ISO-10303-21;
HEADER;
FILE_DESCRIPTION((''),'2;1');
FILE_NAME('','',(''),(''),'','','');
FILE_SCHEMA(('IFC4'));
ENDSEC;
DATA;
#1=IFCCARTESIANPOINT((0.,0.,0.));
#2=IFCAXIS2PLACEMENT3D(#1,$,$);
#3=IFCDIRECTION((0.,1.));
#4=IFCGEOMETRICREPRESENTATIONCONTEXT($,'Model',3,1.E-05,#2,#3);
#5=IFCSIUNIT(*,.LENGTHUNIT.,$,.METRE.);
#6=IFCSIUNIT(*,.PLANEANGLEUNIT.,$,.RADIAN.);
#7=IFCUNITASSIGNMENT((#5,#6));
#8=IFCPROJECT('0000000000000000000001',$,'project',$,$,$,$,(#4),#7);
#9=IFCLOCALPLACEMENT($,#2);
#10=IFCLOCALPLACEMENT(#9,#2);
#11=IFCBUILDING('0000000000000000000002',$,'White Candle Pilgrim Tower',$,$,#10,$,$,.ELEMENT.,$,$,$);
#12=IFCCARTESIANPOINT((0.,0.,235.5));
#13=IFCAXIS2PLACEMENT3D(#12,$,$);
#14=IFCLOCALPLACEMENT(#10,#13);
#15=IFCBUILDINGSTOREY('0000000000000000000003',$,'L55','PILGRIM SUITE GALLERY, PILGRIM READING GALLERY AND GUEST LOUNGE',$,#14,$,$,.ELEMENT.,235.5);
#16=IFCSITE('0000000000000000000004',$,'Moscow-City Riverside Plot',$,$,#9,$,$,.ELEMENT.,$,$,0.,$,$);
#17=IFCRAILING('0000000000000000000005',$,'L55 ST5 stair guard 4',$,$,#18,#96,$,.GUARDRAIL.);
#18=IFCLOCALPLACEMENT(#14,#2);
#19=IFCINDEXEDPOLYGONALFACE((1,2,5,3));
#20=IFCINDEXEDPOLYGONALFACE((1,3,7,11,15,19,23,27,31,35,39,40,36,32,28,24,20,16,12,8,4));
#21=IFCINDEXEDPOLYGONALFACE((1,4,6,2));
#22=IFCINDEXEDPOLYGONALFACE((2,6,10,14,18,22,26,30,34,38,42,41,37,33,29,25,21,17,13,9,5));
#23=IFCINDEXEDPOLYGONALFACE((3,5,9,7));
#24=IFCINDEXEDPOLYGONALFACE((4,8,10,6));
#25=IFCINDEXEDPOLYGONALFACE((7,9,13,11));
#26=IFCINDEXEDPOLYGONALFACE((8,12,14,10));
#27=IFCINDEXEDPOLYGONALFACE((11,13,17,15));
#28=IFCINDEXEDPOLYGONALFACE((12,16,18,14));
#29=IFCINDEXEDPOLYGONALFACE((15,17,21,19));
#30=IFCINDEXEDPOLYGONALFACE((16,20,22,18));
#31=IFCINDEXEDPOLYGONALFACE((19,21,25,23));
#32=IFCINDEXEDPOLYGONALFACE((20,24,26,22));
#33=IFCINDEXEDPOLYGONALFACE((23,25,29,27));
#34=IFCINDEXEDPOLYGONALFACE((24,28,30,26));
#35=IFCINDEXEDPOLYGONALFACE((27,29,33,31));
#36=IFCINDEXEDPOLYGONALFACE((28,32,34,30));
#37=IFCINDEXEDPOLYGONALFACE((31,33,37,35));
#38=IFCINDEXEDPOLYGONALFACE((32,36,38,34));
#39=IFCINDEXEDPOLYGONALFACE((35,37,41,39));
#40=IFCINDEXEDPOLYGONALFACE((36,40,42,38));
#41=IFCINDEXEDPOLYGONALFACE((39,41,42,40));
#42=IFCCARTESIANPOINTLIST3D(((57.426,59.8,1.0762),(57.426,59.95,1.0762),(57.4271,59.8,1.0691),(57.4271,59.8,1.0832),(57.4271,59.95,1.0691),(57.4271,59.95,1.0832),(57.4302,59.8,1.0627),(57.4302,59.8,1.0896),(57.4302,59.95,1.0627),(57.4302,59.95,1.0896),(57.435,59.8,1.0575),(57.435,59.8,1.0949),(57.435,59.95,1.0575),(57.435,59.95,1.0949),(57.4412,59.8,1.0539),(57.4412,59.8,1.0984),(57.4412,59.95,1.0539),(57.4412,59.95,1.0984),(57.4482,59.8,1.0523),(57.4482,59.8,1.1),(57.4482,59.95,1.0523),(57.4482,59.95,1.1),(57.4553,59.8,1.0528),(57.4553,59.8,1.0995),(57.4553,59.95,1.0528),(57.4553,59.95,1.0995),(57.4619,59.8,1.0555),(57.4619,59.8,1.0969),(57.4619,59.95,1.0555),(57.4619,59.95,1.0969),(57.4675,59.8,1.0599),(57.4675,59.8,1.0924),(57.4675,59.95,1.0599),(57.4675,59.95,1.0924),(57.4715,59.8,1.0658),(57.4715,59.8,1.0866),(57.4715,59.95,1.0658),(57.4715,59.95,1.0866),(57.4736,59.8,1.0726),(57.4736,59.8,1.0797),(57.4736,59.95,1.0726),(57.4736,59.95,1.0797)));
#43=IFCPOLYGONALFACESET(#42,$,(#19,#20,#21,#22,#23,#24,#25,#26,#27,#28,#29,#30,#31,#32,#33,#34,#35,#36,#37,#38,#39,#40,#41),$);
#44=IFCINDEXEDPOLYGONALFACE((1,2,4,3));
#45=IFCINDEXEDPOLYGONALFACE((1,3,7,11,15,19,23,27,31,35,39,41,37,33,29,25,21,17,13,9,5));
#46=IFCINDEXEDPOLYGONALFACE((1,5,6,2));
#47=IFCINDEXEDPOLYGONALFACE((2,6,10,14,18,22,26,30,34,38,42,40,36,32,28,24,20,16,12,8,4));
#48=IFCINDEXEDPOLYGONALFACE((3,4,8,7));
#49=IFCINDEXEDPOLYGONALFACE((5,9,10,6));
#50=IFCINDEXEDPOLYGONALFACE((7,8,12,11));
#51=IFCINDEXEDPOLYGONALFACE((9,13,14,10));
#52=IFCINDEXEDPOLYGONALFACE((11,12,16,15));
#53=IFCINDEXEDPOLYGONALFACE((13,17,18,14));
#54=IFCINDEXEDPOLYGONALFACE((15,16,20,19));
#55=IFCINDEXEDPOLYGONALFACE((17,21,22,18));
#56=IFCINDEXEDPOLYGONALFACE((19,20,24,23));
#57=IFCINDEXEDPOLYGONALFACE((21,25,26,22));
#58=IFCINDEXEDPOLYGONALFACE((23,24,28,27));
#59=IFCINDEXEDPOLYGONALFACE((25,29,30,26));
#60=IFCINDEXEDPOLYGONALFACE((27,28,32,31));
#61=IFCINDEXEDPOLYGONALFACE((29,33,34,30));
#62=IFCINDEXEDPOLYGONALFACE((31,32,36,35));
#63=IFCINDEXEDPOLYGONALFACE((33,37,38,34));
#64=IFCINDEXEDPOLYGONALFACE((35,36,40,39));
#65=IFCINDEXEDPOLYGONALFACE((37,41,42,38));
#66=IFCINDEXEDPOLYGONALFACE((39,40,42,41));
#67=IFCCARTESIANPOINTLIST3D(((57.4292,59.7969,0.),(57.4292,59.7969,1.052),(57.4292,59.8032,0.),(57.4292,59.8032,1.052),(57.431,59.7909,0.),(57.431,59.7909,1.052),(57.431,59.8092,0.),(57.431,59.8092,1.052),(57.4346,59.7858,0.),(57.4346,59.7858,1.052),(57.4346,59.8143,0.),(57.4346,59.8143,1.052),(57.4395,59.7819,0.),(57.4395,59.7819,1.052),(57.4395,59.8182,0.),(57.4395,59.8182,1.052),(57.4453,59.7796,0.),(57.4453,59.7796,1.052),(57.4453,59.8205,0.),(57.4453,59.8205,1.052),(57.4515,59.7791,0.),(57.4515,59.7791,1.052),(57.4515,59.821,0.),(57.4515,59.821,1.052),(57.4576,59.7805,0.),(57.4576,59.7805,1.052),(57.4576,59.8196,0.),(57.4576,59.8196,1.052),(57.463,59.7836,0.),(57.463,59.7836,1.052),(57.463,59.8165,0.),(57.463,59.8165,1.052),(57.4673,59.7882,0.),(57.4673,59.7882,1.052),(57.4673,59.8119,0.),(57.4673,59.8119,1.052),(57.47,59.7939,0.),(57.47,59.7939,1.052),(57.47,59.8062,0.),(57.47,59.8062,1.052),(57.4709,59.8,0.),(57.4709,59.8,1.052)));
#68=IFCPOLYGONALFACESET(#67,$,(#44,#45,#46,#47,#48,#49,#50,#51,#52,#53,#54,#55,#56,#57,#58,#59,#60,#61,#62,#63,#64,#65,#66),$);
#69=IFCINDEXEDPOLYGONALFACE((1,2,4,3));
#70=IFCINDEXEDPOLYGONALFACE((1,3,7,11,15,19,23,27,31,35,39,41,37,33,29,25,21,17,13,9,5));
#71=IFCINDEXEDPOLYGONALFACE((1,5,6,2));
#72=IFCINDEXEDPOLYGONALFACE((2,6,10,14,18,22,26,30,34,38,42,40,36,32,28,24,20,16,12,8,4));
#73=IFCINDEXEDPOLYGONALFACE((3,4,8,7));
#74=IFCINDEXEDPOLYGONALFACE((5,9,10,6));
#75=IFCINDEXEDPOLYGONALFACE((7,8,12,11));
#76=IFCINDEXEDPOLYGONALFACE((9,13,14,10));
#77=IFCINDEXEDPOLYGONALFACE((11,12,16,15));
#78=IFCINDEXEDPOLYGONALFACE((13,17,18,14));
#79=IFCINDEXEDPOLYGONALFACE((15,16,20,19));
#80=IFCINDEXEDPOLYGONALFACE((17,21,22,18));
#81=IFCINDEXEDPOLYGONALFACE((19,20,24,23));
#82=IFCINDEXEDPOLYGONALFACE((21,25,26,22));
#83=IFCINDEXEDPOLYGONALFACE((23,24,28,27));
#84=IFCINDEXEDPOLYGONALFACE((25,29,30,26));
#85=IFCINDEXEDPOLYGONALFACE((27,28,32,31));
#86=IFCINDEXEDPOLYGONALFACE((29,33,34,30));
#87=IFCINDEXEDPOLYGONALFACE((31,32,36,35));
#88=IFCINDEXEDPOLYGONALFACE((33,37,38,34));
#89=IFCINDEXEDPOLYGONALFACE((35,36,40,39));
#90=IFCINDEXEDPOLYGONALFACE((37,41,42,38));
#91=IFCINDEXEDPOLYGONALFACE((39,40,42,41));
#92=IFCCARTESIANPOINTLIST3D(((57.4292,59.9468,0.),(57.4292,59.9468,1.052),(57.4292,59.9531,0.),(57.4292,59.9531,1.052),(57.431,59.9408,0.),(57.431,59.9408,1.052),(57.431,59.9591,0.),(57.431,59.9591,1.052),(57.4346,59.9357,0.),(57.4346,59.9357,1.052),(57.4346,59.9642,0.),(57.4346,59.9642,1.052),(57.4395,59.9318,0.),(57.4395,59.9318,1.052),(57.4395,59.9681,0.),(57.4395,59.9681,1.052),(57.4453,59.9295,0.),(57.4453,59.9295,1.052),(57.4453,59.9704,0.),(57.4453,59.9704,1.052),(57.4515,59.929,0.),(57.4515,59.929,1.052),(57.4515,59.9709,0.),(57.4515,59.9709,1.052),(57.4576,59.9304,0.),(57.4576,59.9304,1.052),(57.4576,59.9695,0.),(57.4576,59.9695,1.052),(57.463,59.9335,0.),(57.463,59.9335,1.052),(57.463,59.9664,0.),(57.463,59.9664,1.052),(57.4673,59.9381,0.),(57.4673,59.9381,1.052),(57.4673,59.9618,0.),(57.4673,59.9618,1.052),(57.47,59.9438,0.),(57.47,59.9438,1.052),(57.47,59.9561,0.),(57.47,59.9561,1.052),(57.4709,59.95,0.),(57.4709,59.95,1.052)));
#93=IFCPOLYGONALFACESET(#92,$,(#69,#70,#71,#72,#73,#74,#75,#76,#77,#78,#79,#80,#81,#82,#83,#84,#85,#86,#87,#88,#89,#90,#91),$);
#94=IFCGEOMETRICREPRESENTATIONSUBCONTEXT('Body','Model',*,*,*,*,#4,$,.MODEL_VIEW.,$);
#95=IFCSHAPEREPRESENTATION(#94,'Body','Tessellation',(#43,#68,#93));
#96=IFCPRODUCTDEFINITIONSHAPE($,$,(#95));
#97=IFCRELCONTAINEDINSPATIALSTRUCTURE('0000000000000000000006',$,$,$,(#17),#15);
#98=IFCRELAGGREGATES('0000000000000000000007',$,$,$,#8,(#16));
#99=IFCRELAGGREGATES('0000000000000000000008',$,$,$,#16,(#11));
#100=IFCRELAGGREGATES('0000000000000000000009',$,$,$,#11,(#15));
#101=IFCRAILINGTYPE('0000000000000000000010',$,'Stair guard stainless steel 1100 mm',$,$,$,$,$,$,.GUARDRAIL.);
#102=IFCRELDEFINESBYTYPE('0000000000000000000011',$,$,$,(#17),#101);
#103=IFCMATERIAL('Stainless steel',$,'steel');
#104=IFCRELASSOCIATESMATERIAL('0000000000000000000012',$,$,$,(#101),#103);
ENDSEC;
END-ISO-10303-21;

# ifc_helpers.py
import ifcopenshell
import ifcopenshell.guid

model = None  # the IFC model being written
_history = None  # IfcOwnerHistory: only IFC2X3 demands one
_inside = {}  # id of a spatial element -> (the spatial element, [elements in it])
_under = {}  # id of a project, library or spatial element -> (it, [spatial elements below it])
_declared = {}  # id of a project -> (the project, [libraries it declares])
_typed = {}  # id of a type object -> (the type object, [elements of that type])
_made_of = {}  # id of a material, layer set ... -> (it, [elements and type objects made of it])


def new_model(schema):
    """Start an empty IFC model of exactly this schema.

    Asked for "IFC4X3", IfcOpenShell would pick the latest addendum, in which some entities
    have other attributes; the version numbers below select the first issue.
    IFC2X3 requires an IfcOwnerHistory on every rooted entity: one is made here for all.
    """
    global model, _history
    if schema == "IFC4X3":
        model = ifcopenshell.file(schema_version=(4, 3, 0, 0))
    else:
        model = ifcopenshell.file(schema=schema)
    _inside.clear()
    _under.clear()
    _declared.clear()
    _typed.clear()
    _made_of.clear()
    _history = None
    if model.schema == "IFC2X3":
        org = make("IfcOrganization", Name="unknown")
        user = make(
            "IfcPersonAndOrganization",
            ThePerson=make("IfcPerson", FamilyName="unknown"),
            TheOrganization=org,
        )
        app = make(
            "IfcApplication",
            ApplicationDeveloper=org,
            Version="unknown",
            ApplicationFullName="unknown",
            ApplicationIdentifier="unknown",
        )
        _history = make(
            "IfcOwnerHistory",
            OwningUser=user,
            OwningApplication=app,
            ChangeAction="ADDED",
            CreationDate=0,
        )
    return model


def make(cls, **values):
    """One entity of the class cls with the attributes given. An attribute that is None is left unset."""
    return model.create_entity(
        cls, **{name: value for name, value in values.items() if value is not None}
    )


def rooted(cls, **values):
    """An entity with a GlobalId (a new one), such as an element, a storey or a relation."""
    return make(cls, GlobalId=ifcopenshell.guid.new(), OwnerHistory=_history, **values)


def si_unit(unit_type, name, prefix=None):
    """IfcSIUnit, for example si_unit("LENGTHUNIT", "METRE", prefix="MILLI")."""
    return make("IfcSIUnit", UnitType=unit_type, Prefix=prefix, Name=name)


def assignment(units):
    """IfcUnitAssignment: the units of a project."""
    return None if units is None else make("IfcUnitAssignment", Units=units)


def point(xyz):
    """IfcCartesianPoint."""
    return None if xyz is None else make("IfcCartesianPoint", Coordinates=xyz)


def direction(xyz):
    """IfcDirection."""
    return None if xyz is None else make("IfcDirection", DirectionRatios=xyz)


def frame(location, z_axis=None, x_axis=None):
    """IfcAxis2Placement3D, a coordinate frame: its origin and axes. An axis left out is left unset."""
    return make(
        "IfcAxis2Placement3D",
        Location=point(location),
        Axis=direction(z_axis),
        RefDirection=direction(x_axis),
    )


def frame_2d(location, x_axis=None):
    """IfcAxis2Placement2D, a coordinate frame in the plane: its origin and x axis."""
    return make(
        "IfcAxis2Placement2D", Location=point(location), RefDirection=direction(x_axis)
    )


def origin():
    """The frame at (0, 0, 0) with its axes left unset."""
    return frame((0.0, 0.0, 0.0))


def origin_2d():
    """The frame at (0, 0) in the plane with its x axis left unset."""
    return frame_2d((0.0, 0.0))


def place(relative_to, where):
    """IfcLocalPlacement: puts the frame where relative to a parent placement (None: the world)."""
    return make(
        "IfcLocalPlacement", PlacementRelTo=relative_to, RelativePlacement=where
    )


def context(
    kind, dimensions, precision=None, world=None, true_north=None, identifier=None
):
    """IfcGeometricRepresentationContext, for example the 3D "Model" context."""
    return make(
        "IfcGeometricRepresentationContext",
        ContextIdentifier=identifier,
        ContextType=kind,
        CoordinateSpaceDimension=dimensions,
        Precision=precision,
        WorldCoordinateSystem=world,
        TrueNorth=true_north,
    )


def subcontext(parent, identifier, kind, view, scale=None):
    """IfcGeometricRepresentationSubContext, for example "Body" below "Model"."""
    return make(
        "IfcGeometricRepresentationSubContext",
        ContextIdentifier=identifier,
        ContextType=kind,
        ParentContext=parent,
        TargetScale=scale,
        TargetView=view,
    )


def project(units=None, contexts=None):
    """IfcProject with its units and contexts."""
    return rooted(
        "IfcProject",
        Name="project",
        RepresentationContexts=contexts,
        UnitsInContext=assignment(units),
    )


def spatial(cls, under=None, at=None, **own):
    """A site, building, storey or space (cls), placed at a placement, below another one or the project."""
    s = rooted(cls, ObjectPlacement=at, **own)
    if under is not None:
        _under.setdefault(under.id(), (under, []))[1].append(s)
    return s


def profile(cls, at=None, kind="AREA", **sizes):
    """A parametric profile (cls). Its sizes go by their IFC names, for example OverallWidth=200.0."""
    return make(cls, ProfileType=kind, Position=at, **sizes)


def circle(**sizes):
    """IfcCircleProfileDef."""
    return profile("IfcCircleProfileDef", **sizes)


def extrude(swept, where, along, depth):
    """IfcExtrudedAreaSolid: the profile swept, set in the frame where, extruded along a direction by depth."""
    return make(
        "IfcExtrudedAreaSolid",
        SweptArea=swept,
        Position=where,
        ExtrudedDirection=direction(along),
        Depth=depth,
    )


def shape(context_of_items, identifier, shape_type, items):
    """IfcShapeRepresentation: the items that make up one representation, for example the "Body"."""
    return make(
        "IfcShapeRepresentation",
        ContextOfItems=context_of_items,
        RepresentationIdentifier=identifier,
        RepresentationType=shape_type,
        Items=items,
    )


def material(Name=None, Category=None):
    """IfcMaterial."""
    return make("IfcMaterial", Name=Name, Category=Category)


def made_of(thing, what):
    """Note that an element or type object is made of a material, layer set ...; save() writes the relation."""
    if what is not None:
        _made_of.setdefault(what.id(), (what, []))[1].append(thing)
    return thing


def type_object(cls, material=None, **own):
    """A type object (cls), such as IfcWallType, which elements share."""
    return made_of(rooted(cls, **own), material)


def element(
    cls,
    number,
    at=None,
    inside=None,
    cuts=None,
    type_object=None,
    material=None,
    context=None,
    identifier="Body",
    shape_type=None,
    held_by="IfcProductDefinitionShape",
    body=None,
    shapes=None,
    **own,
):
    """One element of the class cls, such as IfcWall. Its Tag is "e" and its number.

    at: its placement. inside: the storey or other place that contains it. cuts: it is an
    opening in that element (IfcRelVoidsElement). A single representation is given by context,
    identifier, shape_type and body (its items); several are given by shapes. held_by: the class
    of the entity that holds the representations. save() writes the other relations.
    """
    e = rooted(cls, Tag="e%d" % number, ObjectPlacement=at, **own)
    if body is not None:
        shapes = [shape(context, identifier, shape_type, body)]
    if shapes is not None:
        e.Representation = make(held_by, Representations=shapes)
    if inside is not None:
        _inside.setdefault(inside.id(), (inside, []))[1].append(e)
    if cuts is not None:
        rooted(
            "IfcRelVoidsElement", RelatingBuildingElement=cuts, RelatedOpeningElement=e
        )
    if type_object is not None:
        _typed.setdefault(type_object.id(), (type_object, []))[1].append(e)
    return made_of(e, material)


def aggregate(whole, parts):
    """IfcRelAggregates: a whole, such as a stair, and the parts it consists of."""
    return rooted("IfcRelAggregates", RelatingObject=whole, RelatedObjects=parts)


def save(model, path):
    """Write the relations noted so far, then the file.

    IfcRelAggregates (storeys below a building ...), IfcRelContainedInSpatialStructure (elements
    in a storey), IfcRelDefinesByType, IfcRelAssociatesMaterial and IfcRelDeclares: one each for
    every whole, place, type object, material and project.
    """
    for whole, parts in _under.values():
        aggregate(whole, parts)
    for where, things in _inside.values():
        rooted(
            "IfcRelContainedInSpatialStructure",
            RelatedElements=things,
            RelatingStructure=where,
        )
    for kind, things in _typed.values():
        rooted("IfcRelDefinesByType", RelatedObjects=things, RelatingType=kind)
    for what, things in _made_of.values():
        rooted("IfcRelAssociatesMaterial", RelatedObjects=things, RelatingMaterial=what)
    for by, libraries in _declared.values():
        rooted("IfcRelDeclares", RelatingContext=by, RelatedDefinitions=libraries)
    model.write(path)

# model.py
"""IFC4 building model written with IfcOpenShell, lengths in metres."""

from ifc_helpers import new_model, si_unit, direction, frame, origin, origin_2d, place, context, subcontext, project, spatial, circle, extrude, material, type_object, element, save


model = new_model("IFC4")

# Units and contexts
model_context = context("Model", 3, precision=1e-05, world=origin(), true_north=direction((0.0, 1.0)))
body_context = subcontext(model_context, "Body", "Model", "MODEL_VIEW")
ifc_project = project(units=[si_unit("LENGTHUNIT", "METRE"), si_unit("PLANEANGLEUNIT", "RADIAN")], contexts=[model_context])

# Site, building, storey
site_placement = place(None, origin())
site = spatial("IfcSite", under=ifc_project, at=site_placement, Name="Moscow-City Riverside Plot", CompositionType="ELEMENT", RefElevation=0.0)
building_placement = place(site_placement, origin())
building = spatial("IfcBuilding", under=site, at=building_placement, Name="White Candle Pilgrim Tower", CompositionType="ELEMENT")
storey_placement = place(building_placement, frame((0.0, 0.0, 235.5)))
storey = spatial("IfcBuildingStorey", under=building, at=storey_placement, Name="L55", Description="PILGRIM SUITE GALLERY, PILGRIM READING GALLERY AND GUEST LOUNGE", CompositionType="ELEMENT", Elevation=235.5)

# Railing
ifc_material_1 = material(Name="Stainless steel", Category="steel")
railing_type_1 = type_object("IfcRailingType", Name="Stair guard stainless steel 1100 mm", PredefinedType="GUARDRAIL", material=ifc_material_1)
railing_1_placement = place(storey_placement, frame((57.45, 59.8, 0.0)))
element("IfcRailing", 1, at=railing_1_placement, inside=storey, type_object=railing_type_1, Name="L55 ST5 stair guard 4", PredefinedType="GUARDRAIL", context=body_context, shape_type="SweptSolid", body=[
    extrude(circle(Radius=0.0239, at=origin_2d()), frame((0.0, 0.0, 1.0762), z_axis=(0.0, 1.0, 0.0), x_axis=(-1.0, 0.0, 0.0)), (0.0, 0.0, 1.0), 0.1499),
    extrude(circle(Radius=0.021, at=origin_2d()), origin(), (0.0, 0.0, 1.0), 1.052),
    extrude(circle(Radius=0.021, at=origin_2d()), frame((0.0, 0.1499, 0.0)), (0.0, 0.0, 1.0), 1.052),
])

save(model, "model.ifc")
